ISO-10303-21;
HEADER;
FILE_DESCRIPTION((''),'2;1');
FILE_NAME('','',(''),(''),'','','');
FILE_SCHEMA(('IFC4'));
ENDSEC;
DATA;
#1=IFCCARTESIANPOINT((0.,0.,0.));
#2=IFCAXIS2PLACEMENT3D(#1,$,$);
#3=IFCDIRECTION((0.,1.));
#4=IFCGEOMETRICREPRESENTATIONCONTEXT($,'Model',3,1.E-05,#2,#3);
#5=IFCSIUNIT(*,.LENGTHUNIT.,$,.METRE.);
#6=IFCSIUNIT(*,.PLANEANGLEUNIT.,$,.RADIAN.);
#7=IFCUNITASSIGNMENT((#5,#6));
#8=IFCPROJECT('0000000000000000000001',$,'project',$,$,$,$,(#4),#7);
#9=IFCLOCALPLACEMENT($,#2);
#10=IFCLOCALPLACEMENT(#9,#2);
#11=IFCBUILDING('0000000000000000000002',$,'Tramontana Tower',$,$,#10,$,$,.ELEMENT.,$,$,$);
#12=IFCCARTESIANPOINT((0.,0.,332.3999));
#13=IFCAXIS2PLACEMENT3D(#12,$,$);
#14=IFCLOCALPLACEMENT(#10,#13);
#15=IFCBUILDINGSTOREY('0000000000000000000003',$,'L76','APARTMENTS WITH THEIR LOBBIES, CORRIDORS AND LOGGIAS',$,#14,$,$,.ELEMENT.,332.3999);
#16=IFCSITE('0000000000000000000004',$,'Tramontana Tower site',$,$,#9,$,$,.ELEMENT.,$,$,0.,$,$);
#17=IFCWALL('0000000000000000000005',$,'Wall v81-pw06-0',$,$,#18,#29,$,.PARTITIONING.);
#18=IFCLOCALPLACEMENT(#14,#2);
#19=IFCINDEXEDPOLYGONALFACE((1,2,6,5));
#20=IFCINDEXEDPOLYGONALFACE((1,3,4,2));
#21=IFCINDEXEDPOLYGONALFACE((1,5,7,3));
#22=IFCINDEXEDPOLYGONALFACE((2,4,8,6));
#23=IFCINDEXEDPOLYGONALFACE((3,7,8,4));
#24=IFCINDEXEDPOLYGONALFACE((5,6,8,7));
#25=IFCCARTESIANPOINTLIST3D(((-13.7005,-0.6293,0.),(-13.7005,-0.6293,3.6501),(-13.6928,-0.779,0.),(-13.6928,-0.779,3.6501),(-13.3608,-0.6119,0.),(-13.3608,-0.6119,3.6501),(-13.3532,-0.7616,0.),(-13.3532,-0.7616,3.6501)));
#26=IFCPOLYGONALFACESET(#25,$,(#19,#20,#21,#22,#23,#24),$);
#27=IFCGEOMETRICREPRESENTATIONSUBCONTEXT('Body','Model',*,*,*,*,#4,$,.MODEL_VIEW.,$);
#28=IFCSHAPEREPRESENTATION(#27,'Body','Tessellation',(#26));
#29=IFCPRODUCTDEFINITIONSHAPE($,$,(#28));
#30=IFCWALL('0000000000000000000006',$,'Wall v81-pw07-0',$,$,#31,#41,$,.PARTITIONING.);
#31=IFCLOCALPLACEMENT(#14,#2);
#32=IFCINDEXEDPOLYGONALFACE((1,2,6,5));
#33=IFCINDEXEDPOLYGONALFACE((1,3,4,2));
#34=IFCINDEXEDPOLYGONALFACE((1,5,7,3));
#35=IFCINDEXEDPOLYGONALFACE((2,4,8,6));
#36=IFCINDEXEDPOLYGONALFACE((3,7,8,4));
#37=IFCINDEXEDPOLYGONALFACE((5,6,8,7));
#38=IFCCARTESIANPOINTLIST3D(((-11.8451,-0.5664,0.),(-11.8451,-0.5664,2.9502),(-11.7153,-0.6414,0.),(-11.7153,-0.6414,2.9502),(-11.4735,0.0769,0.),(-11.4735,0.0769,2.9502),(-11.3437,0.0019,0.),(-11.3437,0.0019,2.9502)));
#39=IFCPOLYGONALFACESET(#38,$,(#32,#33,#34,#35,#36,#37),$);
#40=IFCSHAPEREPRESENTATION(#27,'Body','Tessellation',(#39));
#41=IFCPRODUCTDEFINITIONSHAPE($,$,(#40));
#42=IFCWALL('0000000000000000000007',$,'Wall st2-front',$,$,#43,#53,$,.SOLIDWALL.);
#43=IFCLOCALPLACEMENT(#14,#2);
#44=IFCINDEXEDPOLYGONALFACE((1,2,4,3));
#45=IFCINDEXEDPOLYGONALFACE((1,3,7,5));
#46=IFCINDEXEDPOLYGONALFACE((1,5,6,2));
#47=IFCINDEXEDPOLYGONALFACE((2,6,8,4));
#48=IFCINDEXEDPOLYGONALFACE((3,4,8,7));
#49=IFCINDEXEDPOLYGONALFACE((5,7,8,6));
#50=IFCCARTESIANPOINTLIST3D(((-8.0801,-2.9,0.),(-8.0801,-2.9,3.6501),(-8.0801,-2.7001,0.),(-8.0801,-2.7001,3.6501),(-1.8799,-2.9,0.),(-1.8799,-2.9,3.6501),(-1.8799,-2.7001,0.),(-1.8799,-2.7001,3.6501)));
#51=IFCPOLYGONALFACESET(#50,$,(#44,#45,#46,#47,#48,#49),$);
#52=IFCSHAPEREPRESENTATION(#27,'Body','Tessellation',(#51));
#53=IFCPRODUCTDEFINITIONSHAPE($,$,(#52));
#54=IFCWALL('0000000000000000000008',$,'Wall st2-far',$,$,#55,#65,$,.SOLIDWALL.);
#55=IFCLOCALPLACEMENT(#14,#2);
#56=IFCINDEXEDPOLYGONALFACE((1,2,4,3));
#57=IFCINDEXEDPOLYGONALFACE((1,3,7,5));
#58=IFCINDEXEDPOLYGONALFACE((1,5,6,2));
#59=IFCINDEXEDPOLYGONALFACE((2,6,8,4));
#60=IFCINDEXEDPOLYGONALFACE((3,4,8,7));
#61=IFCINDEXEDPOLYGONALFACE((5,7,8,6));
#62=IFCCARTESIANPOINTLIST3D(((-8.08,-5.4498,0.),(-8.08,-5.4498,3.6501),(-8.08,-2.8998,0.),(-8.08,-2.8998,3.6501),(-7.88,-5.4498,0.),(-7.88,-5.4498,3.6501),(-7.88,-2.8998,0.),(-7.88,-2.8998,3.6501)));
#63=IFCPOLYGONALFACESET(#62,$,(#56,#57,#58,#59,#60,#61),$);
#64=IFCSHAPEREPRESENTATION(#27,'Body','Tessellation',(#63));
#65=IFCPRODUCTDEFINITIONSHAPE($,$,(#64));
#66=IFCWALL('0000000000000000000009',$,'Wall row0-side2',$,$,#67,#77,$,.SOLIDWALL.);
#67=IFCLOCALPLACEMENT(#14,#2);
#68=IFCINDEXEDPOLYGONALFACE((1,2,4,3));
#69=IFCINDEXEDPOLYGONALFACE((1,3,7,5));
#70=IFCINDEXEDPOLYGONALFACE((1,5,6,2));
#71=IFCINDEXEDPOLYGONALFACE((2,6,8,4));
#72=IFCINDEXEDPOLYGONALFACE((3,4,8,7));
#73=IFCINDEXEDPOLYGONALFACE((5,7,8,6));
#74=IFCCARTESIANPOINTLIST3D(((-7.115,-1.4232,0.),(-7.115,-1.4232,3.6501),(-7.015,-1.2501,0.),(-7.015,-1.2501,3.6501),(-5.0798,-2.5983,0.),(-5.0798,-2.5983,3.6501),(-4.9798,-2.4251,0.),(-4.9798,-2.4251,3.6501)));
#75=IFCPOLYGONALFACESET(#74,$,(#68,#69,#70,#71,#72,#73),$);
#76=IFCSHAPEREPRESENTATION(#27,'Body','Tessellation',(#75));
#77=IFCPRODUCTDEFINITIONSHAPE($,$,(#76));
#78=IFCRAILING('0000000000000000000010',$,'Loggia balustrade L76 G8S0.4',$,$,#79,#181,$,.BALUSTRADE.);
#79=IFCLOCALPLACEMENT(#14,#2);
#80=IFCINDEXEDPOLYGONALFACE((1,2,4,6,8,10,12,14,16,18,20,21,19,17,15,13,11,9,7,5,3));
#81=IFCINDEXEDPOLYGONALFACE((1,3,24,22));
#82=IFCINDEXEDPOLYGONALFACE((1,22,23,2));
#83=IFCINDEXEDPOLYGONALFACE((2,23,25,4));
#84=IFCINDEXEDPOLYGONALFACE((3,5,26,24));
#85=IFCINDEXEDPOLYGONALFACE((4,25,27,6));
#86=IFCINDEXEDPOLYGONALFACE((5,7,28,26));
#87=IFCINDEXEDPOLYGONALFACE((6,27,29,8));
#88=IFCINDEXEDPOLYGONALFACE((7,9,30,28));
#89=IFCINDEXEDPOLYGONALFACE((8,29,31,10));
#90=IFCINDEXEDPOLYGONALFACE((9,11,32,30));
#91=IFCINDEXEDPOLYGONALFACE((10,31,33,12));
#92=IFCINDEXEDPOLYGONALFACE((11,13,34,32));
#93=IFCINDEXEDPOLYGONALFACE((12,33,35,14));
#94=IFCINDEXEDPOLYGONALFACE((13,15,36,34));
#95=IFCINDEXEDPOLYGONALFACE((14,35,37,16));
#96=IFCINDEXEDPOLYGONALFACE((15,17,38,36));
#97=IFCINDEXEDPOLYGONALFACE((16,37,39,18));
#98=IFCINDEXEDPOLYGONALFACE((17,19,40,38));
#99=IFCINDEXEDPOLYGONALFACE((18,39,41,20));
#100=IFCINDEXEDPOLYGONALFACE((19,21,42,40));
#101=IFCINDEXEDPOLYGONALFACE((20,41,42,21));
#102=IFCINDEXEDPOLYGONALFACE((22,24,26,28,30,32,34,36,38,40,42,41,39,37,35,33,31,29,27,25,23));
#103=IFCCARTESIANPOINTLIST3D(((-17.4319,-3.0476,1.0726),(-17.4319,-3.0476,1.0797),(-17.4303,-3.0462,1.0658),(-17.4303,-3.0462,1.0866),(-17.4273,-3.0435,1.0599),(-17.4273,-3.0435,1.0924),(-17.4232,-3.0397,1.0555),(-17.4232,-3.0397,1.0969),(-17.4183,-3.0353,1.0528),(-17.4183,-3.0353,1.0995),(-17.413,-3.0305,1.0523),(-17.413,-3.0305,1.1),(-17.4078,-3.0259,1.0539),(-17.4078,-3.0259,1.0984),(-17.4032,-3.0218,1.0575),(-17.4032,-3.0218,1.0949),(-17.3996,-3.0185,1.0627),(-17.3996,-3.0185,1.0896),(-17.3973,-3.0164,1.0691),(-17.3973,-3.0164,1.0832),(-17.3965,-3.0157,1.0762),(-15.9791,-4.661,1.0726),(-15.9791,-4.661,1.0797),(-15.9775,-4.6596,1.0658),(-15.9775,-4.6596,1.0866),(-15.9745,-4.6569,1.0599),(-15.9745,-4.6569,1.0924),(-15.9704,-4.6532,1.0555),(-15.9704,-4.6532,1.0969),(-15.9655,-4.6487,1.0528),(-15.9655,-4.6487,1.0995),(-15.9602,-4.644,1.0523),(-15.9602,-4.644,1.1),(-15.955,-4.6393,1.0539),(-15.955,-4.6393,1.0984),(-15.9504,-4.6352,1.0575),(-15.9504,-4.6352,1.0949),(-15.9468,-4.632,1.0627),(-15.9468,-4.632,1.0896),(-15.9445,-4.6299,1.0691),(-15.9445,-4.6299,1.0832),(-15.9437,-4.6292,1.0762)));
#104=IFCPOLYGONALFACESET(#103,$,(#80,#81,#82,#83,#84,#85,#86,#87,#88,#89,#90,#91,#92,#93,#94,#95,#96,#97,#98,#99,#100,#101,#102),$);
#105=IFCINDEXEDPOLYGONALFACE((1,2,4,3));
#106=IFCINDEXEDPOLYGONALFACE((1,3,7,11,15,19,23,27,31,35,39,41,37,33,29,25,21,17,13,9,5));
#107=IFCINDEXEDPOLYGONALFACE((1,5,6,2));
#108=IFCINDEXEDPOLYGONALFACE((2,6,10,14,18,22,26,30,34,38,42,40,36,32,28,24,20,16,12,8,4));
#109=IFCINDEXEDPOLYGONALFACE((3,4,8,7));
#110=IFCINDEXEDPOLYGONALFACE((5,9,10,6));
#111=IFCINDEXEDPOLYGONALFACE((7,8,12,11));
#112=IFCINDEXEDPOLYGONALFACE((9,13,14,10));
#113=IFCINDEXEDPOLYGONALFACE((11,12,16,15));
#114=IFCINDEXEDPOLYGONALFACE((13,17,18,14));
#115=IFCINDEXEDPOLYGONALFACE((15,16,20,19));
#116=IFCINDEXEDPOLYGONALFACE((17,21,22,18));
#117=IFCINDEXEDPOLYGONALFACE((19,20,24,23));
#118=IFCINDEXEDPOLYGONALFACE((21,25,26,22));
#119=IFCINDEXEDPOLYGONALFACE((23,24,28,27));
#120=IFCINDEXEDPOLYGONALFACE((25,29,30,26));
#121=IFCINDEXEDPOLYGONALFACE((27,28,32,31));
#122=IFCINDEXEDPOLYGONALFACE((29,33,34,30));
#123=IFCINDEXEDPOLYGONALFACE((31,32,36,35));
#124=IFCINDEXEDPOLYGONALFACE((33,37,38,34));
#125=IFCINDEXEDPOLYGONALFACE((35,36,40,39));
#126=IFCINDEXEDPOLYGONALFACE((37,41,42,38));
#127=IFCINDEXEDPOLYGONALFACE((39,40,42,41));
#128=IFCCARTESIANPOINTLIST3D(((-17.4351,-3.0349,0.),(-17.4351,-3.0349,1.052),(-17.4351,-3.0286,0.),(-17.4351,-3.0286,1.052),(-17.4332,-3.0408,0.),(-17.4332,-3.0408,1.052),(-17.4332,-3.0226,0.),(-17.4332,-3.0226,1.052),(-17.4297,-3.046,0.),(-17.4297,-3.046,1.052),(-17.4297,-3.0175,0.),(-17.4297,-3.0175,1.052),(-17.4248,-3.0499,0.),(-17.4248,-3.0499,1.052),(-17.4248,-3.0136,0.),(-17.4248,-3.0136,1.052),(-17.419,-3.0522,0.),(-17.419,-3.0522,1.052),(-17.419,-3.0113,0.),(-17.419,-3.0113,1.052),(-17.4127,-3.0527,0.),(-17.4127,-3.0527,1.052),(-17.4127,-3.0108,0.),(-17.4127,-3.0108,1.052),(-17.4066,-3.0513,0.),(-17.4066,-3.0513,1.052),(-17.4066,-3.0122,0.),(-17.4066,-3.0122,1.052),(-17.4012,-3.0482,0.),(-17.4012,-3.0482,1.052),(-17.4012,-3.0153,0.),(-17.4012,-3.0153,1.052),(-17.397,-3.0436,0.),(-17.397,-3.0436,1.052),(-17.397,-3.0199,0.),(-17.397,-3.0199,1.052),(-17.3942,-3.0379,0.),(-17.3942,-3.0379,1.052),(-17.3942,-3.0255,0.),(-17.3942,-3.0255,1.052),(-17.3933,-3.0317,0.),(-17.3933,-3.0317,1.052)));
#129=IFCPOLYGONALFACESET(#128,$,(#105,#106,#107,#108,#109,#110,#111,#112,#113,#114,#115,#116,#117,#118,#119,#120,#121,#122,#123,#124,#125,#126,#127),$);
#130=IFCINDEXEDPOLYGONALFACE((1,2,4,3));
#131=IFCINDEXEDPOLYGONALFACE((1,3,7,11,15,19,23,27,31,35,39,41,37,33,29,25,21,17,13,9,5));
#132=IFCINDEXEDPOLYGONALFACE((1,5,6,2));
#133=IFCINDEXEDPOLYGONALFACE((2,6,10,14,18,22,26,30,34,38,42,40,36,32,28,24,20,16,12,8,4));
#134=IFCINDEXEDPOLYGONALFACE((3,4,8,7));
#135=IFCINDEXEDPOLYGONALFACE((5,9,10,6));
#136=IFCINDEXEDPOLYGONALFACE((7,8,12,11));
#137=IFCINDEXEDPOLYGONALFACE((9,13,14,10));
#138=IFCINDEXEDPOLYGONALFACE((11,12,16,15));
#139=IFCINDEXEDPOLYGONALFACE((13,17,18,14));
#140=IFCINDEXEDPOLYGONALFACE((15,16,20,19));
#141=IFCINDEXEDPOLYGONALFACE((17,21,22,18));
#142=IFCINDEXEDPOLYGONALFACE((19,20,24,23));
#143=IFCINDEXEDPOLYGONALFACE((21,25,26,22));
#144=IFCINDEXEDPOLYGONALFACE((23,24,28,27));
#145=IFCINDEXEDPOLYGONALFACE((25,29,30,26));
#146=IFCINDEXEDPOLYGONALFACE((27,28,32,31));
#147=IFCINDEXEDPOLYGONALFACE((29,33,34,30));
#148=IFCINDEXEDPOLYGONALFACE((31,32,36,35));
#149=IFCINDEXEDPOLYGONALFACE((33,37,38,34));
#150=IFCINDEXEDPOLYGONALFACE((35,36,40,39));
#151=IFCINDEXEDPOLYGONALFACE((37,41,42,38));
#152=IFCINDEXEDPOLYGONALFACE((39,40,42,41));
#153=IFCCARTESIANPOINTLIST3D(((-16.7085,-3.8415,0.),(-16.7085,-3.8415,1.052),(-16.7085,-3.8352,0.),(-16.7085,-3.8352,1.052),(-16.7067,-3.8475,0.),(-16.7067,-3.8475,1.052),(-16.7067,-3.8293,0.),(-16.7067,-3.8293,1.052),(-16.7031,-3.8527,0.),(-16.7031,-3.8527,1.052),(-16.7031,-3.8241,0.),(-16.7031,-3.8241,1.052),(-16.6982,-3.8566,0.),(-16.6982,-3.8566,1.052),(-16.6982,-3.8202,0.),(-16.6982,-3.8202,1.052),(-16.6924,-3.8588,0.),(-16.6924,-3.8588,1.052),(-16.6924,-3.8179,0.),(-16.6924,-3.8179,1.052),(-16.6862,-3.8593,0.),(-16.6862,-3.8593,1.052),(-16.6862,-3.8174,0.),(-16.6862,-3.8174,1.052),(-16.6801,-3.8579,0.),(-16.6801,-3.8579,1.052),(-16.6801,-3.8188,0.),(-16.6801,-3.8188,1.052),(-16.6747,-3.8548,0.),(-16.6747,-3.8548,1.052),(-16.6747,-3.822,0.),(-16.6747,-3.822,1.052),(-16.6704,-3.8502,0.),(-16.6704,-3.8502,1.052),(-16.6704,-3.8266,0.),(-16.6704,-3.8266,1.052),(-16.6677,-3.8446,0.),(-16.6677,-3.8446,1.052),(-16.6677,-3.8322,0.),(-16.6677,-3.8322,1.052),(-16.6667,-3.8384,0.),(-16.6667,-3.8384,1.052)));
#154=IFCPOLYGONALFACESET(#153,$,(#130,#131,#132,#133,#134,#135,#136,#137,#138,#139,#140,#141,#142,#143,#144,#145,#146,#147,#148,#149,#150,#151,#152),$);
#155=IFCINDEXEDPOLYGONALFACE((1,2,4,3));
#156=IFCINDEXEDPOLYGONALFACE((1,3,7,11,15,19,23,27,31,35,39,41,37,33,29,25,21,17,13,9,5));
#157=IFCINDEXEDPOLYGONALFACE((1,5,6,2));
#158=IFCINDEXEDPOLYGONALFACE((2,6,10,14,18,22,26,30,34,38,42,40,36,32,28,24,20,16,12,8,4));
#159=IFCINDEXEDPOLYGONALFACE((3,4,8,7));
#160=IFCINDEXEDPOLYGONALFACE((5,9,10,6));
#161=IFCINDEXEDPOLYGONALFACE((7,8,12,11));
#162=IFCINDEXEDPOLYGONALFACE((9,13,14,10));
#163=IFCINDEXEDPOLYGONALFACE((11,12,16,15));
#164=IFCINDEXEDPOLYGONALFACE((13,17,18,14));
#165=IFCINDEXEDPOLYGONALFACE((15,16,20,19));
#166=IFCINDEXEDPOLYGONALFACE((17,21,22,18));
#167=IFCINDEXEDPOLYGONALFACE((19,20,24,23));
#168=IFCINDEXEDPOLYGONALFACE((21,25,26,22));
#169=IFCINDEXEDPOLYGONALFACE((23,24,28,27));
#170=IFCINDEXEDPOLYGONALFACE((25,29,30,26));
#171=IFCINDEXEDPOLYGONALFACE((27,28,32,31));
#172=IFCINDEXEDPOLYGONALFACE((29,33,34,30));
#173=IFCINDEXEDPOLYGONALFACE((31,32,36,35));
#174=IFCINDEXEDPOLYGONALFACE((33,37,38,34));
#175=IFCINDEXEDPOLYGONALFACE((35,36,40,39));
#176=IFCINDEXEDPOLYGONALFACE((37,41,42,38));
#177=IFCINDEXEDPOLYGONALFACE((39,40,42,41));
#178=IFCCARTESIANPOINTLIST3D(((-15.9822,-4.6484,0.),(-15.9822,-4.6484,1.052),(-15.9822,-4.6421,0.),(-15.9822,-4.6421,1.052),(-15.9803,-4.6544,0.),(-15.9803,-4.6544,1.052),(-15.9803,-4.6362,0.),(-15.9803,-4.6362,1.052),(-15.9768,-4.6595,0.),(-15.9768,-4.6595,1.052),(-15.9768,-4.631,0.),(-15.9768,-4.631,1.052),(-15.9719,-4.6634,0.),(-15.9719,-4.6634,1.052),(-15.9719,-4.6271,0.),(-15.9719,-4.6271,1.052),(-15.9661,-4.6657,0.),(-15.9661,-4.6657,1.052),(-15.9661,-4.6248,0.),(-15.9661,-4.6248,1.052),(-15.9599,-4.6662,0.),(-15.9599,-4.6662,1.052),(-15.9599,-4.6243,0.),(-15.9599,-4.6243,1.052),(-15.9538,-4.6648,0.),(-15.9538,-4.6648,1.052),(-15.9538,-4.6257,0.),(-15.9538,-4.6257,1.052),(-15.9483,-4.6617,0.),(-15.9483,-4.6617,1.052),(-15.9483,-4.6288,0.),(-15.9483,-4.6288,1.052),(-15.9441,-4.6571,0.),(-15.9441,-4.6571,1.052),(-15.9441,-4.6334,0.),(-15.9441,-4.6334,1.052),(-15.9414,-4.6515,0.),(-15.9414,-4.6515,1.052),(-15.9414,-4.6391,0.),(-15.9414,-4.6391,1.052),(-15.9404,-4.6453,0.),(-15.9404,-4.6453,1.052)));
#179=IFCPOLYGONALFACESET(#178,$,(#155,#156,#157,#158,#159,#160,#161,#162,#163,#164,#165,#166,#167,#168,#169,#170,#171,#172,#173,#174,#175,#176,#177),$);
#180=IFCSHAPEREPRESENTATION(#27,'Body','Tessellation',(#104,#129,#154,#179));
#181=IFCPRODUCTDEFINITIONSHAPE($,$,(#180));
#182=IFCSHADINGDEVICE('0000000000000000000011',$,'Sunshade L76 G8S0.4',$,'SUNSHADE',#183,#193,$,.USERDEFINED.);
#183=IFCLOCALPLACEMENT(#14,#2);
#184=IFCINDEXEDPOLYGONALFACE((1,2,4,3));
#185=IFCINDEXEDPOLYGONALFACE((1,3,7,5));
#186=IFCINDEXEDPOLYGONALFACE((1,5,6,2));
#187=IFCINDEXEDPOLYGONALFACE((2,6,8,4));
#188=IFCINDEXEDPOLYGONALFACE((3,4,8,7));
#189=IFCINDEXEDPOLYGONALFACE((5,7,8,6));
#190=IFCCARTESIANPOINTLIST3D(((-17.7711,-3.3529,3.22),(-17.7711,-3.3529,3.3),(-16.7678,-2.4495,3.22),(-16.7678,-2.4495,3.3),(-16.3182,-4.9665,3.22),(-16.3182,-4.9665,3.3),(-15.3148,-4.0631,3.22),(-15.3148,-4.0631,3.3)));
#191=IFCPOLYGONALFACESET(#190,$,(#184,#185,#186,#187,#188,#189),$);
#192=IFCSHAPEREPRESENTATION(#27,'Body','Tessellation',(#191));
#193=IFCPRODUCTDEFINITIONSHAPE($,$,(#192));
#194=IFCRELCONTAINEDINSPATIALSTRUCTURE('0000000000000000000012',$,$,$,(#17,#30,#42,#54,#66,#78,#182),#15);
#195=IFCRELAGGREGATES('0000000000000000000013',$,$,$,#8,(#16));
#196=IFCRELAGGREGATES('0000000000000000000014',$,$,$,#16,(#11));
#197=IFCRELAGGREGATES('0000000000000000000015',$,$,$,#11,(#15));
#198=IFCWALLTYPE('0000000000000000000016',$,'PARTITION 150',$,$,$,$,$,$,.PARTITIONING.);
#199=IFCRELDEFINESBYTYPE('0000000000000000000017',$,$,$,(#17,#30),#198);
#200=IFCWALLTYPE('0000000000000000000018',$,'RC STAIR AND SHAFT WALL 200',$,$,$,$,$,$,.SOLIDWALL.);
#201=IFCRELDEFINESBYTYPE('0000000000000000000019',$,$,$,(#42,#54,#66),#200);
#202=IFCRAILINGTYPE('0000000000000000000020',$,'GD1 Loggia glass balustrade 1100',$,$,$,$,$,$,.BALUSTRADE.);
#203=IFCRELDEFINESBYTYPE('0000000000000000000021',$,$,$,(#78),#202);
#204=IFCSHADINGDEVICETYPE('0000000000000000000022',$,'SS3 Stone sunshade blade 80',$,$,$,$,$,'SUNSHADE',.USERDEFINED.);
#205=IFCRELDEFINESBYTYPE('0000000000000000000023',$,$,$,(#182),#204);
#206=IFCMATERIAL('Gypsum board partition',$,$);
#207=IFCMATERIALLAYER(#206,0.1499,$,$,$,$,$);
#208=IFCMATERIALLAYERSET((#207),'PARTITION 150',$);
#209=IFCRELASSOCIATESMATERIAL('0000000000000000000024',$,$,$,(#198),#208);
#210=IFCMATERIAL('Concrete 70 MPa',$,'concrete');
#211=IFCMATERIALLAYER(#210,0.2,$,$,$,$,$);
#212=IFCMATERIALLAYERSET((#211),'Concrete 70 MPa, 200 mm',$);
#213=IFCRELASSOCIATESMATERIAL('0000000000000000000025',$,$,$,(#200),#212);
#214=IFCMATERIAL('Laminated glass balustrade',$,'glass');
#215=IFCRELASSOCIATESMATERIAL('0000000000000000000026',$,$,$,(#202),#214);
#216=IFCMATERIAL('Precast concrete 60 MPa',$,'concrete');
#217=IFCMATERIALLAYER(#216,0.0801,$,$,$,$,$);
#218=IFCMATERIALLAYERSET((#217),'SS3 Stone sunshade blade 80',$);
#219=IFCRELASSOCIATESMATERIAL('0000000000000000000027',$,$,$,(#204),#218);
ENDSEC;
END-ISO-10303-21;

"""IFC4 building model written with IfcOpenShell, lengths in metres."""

from ifc_helpers import new_model, si_unit, direction, frame, frame_2d, origin, origin_2d, place, context, subcontext, project, spatial, rectangle, circle, extrude, material, layer, layer_set, type_object, element, save


model = new_model("IFC4")

# Units and contexts
model_context = context("Model", 3, precision=1e-05, world=origin(), true_north=direction((0.0, 1.0)))
body_context = subcontext(model_context, "Body", "Model", "MODEL_VIEW")
ifc_project = project(units=[si_unit("LENGTHUNIT", "METRE"), si_unit("PLANEANGLEUNIT", "RADIAN")], contexts=[model_context])

# Site, building, storey
site_placement = place(None, origin())
site = spatial("IfcSite", under=ifc_project, at=site_placement, Name="Tramontana Tower site", CompositionType="ELEMENT", RefElevation=0.0)
building_placement = place(site_placement, origin())
building = spatial("IfcBuilding", under=site, at=building_placement, Name="Tramontana Tower", CompositionType="ELEMENT")
storey_placement = place(building_placement, frame((0.0, 0.0, 332.3999)))
storey = spatial("IfcBuildingStorey", under=building, at=storey_placement, Name="L76", Description="APARTMENTS WITH THEIR LOBBIES, CORRIDORS AND LOGGIAS", CompositionType="ELEMENT", Elevation=332.3999)

# Wall
ifc_material_1 = material(Name="Gypsum board partition")
ifc_layer_1 = layer(ifc_material_1, 0.1499)
ifc_layer_set_1 = layer_set([ifc_layer_1], Name="PARTITION 150")
wall_type_1 = type_object("IfcWallType", Name="PARTITION 150", PredefinedType="PARTITIONING", material=ifc_layer_set_1)
wall_1_placement = place(storey_placement, frame((-13.6965, -0.7041, 0.0), z_axis=(0.0, 0.0, 1.0), x_axis=(0.9987, 0.050976, 0.0)))
element("IfcWall", 1, at=wall_1_placement, inside=storey, type_object=wall_type_1, Name="Wall v81-pw06-0", PredefinedType="PARTITIONING", context=body_context, shape_type="SweptSolid", body=[
    extrude(rectangle(XDim=0.3401, YDim=0.1499, at=frame_2d((0.1699, 0.0))), origin(), (0.0, 0.0, 1.0), 3.6501),
])

# Walls
wall_2_placement = place(storey_placement, frame((-11.7803, -0.604, 0.0), z_axis=(0.0, 0.0, 1.0), x_axis=(0.500168, 0.865928, 0.0)))
element("IfcWall", 2, at=wall_2_placement, inside=storey, type_object=wall_type_1, Name="Wall v81-pw07-0", PredefinedType="PARTITIONING", context=body_context, shape_type="SweptSolid", body=[
    extrude(rectangle(XDim=0.7429, YDim=0.1499, at=frame_2d((0.3716, 0.0))), origin(), (0.0, 0.0, 1.0), 2.9502),
])
ifc_material_2 = material(Name="Concrete 70 MPa", Category="concrete")
ifc_layer_2 = layer(ifc_material_2, 0.2)
ifc_layer_set_2 = layer_set([ifc_layer_2], Name="Concrete 70 MPa, 200 mm")
wall_type_2 = type_object("IfcWallType", Name="RC STAIR AND SHAFT WALL 200", PredefinedType="SOLIDWALL", material=ifc_layer_set_2)
wall_3_placement = place(storey_placement, frame((-8.0801, -2.8, 0.0), z_axis=(0.0, 0.0, 1.0), x_axis=(1.0, 0.0, 0.0)))
element("IfcWall", 3, at=wall_3_placement, inside=storey, type_object=wall_type_2, Name="Wall st2-front", PredefinedType="SOLIDWALL", context=body_context, shape_type="SweptSolid", body=[
    extrude(rectangle(XDim=6.2002, YDim=0.2, at=frame_2d((3.1001, 0.0))), origin(), (0.0, 0.0, 1.0), 3.6501),
])
wall_4_placement = place(storey_placement, frame((-7.98, -2.8999, 0.0), z_axis=(0.0, 0.0, 1.0), x_axis=(0.0, -1.0, 0.0)))
element("IfcWall", 4, at=wall_4_placement, inside=storey, type_object=wall_type_2, Name="Wall st2-far", PredefinedType="SOLIDWALL", context=body_context, shape_type="SweptSolid", body=[
    extrude(rectangle(XDim=2.55, YDim=0.2, at=frame_2d((1.2749, 0.0))), origin(), (0.0, 0.0, 1.0), 3.6501),
])

# Wall
wall_5_placement = place(storey_placement, frame((-5.0298, -2.5117, 0.0), z_axis=(0.0, 0.0, 1.0), x_axis=(-0.866016, 0.500016, 0.0)))
element("IfcWall", 5, at=wall_5_placement, inside=storey, type_object=wall_type_2, Name="Wall row0-side2", PredefinedType="SOLIDWALL", context=body_context, shape_type="SweptSolid", body=[
    extrude(rectangle(XDim=2.3501, YDim=0.2, at=frame_2d((1.175, 0.0))), origin(), (0.0, 0.0, 1.0), 3.6501),
])

# Railing
ifc_material_3 = material(Name="Laminated glass balustrade", Category="glass")
railing_type_1 = type_object("IfcRailingType", Name="GD1 Loggia glass balustrade 1100", PredefinedType="BALUSTRADE", material=ifc_material_3)
railing_1_placement = place(storey_placement, frame((-17.4143, -3.0317, 0.0)))
element("IfcRailing", 6, at=railing_1_placement, inside=storey, type_object=railing_type_1, Name="Loggia balustrade L76 G8S0.4", PredefinedType="BALUSTRADE", context=body_context, shape_type="SweptSolid", body=[
    extrude(circle(Radius=0.0239, at=origin_2d()), frame((0.0, 0.0, 1.0762), z_axis=(0.669145, -0.743132, 0.0), x_axis=(0.743132, 0.669145, 0.0)), (0.0, 0.0, 1.0), 2.1711),
    extrude(circle(Radius=0.021, at=origin_2d()), origin(), (0.0, 0.0, 1.0), 1.052),
    extrude(circle(Radius=0.021, at=origin_2d()), frame((0.7266, -0.8066, 0.0)), (0.0, 0.0, 1.0), 1.052),
    extrude(circle(Radius=0.021, at=origin_2d()), frame((1.4529, -1.6135, 0.0)), (0.0, 0.0, 1.0), 1.052),
])

# Shading device
ifc_material_4 = material(Name="Precast concrete 60 MPa", Category="concrete")
ifc_layer_3 = layer(ifc_material_4, 0.0801)
ifc_layer_set_3 = layer_set([ifc_layer_3], Name="SS3 Stone sunshade blade 80")
shading_device_type = type_object("IfcShadingDeviceType", Name="SS3 Stone sunshade blade 80", ElementType="SUNSHADE", PredefinedType="USERDEFINED", material=ifc_layer_set_3)
shading_device_placement = place(storey_placement, frame((-16.543, -3.708, 3.22), z_axis=(0.0, 0.0, 1.0), x_axis=(0.669131, -0.743145, 0.0)))
element("IfcShadingDevice", 7, at=shading_device_placement, inside=storey, type_object=shading_device_type, Name="Sunshade L76 G8S0.4", ObjectType="SUNSHADE", PredefinedType="USERDEFINED", context=body_context, shape_type="SweptSolid", body=[
    extrude(rectangle(XDim=2.1714, YDim=1.3501, at=origin_2d()), origin(), (0.0, 0.0, 1.0), 0.0801),
])

save(model, "model.ifc")
